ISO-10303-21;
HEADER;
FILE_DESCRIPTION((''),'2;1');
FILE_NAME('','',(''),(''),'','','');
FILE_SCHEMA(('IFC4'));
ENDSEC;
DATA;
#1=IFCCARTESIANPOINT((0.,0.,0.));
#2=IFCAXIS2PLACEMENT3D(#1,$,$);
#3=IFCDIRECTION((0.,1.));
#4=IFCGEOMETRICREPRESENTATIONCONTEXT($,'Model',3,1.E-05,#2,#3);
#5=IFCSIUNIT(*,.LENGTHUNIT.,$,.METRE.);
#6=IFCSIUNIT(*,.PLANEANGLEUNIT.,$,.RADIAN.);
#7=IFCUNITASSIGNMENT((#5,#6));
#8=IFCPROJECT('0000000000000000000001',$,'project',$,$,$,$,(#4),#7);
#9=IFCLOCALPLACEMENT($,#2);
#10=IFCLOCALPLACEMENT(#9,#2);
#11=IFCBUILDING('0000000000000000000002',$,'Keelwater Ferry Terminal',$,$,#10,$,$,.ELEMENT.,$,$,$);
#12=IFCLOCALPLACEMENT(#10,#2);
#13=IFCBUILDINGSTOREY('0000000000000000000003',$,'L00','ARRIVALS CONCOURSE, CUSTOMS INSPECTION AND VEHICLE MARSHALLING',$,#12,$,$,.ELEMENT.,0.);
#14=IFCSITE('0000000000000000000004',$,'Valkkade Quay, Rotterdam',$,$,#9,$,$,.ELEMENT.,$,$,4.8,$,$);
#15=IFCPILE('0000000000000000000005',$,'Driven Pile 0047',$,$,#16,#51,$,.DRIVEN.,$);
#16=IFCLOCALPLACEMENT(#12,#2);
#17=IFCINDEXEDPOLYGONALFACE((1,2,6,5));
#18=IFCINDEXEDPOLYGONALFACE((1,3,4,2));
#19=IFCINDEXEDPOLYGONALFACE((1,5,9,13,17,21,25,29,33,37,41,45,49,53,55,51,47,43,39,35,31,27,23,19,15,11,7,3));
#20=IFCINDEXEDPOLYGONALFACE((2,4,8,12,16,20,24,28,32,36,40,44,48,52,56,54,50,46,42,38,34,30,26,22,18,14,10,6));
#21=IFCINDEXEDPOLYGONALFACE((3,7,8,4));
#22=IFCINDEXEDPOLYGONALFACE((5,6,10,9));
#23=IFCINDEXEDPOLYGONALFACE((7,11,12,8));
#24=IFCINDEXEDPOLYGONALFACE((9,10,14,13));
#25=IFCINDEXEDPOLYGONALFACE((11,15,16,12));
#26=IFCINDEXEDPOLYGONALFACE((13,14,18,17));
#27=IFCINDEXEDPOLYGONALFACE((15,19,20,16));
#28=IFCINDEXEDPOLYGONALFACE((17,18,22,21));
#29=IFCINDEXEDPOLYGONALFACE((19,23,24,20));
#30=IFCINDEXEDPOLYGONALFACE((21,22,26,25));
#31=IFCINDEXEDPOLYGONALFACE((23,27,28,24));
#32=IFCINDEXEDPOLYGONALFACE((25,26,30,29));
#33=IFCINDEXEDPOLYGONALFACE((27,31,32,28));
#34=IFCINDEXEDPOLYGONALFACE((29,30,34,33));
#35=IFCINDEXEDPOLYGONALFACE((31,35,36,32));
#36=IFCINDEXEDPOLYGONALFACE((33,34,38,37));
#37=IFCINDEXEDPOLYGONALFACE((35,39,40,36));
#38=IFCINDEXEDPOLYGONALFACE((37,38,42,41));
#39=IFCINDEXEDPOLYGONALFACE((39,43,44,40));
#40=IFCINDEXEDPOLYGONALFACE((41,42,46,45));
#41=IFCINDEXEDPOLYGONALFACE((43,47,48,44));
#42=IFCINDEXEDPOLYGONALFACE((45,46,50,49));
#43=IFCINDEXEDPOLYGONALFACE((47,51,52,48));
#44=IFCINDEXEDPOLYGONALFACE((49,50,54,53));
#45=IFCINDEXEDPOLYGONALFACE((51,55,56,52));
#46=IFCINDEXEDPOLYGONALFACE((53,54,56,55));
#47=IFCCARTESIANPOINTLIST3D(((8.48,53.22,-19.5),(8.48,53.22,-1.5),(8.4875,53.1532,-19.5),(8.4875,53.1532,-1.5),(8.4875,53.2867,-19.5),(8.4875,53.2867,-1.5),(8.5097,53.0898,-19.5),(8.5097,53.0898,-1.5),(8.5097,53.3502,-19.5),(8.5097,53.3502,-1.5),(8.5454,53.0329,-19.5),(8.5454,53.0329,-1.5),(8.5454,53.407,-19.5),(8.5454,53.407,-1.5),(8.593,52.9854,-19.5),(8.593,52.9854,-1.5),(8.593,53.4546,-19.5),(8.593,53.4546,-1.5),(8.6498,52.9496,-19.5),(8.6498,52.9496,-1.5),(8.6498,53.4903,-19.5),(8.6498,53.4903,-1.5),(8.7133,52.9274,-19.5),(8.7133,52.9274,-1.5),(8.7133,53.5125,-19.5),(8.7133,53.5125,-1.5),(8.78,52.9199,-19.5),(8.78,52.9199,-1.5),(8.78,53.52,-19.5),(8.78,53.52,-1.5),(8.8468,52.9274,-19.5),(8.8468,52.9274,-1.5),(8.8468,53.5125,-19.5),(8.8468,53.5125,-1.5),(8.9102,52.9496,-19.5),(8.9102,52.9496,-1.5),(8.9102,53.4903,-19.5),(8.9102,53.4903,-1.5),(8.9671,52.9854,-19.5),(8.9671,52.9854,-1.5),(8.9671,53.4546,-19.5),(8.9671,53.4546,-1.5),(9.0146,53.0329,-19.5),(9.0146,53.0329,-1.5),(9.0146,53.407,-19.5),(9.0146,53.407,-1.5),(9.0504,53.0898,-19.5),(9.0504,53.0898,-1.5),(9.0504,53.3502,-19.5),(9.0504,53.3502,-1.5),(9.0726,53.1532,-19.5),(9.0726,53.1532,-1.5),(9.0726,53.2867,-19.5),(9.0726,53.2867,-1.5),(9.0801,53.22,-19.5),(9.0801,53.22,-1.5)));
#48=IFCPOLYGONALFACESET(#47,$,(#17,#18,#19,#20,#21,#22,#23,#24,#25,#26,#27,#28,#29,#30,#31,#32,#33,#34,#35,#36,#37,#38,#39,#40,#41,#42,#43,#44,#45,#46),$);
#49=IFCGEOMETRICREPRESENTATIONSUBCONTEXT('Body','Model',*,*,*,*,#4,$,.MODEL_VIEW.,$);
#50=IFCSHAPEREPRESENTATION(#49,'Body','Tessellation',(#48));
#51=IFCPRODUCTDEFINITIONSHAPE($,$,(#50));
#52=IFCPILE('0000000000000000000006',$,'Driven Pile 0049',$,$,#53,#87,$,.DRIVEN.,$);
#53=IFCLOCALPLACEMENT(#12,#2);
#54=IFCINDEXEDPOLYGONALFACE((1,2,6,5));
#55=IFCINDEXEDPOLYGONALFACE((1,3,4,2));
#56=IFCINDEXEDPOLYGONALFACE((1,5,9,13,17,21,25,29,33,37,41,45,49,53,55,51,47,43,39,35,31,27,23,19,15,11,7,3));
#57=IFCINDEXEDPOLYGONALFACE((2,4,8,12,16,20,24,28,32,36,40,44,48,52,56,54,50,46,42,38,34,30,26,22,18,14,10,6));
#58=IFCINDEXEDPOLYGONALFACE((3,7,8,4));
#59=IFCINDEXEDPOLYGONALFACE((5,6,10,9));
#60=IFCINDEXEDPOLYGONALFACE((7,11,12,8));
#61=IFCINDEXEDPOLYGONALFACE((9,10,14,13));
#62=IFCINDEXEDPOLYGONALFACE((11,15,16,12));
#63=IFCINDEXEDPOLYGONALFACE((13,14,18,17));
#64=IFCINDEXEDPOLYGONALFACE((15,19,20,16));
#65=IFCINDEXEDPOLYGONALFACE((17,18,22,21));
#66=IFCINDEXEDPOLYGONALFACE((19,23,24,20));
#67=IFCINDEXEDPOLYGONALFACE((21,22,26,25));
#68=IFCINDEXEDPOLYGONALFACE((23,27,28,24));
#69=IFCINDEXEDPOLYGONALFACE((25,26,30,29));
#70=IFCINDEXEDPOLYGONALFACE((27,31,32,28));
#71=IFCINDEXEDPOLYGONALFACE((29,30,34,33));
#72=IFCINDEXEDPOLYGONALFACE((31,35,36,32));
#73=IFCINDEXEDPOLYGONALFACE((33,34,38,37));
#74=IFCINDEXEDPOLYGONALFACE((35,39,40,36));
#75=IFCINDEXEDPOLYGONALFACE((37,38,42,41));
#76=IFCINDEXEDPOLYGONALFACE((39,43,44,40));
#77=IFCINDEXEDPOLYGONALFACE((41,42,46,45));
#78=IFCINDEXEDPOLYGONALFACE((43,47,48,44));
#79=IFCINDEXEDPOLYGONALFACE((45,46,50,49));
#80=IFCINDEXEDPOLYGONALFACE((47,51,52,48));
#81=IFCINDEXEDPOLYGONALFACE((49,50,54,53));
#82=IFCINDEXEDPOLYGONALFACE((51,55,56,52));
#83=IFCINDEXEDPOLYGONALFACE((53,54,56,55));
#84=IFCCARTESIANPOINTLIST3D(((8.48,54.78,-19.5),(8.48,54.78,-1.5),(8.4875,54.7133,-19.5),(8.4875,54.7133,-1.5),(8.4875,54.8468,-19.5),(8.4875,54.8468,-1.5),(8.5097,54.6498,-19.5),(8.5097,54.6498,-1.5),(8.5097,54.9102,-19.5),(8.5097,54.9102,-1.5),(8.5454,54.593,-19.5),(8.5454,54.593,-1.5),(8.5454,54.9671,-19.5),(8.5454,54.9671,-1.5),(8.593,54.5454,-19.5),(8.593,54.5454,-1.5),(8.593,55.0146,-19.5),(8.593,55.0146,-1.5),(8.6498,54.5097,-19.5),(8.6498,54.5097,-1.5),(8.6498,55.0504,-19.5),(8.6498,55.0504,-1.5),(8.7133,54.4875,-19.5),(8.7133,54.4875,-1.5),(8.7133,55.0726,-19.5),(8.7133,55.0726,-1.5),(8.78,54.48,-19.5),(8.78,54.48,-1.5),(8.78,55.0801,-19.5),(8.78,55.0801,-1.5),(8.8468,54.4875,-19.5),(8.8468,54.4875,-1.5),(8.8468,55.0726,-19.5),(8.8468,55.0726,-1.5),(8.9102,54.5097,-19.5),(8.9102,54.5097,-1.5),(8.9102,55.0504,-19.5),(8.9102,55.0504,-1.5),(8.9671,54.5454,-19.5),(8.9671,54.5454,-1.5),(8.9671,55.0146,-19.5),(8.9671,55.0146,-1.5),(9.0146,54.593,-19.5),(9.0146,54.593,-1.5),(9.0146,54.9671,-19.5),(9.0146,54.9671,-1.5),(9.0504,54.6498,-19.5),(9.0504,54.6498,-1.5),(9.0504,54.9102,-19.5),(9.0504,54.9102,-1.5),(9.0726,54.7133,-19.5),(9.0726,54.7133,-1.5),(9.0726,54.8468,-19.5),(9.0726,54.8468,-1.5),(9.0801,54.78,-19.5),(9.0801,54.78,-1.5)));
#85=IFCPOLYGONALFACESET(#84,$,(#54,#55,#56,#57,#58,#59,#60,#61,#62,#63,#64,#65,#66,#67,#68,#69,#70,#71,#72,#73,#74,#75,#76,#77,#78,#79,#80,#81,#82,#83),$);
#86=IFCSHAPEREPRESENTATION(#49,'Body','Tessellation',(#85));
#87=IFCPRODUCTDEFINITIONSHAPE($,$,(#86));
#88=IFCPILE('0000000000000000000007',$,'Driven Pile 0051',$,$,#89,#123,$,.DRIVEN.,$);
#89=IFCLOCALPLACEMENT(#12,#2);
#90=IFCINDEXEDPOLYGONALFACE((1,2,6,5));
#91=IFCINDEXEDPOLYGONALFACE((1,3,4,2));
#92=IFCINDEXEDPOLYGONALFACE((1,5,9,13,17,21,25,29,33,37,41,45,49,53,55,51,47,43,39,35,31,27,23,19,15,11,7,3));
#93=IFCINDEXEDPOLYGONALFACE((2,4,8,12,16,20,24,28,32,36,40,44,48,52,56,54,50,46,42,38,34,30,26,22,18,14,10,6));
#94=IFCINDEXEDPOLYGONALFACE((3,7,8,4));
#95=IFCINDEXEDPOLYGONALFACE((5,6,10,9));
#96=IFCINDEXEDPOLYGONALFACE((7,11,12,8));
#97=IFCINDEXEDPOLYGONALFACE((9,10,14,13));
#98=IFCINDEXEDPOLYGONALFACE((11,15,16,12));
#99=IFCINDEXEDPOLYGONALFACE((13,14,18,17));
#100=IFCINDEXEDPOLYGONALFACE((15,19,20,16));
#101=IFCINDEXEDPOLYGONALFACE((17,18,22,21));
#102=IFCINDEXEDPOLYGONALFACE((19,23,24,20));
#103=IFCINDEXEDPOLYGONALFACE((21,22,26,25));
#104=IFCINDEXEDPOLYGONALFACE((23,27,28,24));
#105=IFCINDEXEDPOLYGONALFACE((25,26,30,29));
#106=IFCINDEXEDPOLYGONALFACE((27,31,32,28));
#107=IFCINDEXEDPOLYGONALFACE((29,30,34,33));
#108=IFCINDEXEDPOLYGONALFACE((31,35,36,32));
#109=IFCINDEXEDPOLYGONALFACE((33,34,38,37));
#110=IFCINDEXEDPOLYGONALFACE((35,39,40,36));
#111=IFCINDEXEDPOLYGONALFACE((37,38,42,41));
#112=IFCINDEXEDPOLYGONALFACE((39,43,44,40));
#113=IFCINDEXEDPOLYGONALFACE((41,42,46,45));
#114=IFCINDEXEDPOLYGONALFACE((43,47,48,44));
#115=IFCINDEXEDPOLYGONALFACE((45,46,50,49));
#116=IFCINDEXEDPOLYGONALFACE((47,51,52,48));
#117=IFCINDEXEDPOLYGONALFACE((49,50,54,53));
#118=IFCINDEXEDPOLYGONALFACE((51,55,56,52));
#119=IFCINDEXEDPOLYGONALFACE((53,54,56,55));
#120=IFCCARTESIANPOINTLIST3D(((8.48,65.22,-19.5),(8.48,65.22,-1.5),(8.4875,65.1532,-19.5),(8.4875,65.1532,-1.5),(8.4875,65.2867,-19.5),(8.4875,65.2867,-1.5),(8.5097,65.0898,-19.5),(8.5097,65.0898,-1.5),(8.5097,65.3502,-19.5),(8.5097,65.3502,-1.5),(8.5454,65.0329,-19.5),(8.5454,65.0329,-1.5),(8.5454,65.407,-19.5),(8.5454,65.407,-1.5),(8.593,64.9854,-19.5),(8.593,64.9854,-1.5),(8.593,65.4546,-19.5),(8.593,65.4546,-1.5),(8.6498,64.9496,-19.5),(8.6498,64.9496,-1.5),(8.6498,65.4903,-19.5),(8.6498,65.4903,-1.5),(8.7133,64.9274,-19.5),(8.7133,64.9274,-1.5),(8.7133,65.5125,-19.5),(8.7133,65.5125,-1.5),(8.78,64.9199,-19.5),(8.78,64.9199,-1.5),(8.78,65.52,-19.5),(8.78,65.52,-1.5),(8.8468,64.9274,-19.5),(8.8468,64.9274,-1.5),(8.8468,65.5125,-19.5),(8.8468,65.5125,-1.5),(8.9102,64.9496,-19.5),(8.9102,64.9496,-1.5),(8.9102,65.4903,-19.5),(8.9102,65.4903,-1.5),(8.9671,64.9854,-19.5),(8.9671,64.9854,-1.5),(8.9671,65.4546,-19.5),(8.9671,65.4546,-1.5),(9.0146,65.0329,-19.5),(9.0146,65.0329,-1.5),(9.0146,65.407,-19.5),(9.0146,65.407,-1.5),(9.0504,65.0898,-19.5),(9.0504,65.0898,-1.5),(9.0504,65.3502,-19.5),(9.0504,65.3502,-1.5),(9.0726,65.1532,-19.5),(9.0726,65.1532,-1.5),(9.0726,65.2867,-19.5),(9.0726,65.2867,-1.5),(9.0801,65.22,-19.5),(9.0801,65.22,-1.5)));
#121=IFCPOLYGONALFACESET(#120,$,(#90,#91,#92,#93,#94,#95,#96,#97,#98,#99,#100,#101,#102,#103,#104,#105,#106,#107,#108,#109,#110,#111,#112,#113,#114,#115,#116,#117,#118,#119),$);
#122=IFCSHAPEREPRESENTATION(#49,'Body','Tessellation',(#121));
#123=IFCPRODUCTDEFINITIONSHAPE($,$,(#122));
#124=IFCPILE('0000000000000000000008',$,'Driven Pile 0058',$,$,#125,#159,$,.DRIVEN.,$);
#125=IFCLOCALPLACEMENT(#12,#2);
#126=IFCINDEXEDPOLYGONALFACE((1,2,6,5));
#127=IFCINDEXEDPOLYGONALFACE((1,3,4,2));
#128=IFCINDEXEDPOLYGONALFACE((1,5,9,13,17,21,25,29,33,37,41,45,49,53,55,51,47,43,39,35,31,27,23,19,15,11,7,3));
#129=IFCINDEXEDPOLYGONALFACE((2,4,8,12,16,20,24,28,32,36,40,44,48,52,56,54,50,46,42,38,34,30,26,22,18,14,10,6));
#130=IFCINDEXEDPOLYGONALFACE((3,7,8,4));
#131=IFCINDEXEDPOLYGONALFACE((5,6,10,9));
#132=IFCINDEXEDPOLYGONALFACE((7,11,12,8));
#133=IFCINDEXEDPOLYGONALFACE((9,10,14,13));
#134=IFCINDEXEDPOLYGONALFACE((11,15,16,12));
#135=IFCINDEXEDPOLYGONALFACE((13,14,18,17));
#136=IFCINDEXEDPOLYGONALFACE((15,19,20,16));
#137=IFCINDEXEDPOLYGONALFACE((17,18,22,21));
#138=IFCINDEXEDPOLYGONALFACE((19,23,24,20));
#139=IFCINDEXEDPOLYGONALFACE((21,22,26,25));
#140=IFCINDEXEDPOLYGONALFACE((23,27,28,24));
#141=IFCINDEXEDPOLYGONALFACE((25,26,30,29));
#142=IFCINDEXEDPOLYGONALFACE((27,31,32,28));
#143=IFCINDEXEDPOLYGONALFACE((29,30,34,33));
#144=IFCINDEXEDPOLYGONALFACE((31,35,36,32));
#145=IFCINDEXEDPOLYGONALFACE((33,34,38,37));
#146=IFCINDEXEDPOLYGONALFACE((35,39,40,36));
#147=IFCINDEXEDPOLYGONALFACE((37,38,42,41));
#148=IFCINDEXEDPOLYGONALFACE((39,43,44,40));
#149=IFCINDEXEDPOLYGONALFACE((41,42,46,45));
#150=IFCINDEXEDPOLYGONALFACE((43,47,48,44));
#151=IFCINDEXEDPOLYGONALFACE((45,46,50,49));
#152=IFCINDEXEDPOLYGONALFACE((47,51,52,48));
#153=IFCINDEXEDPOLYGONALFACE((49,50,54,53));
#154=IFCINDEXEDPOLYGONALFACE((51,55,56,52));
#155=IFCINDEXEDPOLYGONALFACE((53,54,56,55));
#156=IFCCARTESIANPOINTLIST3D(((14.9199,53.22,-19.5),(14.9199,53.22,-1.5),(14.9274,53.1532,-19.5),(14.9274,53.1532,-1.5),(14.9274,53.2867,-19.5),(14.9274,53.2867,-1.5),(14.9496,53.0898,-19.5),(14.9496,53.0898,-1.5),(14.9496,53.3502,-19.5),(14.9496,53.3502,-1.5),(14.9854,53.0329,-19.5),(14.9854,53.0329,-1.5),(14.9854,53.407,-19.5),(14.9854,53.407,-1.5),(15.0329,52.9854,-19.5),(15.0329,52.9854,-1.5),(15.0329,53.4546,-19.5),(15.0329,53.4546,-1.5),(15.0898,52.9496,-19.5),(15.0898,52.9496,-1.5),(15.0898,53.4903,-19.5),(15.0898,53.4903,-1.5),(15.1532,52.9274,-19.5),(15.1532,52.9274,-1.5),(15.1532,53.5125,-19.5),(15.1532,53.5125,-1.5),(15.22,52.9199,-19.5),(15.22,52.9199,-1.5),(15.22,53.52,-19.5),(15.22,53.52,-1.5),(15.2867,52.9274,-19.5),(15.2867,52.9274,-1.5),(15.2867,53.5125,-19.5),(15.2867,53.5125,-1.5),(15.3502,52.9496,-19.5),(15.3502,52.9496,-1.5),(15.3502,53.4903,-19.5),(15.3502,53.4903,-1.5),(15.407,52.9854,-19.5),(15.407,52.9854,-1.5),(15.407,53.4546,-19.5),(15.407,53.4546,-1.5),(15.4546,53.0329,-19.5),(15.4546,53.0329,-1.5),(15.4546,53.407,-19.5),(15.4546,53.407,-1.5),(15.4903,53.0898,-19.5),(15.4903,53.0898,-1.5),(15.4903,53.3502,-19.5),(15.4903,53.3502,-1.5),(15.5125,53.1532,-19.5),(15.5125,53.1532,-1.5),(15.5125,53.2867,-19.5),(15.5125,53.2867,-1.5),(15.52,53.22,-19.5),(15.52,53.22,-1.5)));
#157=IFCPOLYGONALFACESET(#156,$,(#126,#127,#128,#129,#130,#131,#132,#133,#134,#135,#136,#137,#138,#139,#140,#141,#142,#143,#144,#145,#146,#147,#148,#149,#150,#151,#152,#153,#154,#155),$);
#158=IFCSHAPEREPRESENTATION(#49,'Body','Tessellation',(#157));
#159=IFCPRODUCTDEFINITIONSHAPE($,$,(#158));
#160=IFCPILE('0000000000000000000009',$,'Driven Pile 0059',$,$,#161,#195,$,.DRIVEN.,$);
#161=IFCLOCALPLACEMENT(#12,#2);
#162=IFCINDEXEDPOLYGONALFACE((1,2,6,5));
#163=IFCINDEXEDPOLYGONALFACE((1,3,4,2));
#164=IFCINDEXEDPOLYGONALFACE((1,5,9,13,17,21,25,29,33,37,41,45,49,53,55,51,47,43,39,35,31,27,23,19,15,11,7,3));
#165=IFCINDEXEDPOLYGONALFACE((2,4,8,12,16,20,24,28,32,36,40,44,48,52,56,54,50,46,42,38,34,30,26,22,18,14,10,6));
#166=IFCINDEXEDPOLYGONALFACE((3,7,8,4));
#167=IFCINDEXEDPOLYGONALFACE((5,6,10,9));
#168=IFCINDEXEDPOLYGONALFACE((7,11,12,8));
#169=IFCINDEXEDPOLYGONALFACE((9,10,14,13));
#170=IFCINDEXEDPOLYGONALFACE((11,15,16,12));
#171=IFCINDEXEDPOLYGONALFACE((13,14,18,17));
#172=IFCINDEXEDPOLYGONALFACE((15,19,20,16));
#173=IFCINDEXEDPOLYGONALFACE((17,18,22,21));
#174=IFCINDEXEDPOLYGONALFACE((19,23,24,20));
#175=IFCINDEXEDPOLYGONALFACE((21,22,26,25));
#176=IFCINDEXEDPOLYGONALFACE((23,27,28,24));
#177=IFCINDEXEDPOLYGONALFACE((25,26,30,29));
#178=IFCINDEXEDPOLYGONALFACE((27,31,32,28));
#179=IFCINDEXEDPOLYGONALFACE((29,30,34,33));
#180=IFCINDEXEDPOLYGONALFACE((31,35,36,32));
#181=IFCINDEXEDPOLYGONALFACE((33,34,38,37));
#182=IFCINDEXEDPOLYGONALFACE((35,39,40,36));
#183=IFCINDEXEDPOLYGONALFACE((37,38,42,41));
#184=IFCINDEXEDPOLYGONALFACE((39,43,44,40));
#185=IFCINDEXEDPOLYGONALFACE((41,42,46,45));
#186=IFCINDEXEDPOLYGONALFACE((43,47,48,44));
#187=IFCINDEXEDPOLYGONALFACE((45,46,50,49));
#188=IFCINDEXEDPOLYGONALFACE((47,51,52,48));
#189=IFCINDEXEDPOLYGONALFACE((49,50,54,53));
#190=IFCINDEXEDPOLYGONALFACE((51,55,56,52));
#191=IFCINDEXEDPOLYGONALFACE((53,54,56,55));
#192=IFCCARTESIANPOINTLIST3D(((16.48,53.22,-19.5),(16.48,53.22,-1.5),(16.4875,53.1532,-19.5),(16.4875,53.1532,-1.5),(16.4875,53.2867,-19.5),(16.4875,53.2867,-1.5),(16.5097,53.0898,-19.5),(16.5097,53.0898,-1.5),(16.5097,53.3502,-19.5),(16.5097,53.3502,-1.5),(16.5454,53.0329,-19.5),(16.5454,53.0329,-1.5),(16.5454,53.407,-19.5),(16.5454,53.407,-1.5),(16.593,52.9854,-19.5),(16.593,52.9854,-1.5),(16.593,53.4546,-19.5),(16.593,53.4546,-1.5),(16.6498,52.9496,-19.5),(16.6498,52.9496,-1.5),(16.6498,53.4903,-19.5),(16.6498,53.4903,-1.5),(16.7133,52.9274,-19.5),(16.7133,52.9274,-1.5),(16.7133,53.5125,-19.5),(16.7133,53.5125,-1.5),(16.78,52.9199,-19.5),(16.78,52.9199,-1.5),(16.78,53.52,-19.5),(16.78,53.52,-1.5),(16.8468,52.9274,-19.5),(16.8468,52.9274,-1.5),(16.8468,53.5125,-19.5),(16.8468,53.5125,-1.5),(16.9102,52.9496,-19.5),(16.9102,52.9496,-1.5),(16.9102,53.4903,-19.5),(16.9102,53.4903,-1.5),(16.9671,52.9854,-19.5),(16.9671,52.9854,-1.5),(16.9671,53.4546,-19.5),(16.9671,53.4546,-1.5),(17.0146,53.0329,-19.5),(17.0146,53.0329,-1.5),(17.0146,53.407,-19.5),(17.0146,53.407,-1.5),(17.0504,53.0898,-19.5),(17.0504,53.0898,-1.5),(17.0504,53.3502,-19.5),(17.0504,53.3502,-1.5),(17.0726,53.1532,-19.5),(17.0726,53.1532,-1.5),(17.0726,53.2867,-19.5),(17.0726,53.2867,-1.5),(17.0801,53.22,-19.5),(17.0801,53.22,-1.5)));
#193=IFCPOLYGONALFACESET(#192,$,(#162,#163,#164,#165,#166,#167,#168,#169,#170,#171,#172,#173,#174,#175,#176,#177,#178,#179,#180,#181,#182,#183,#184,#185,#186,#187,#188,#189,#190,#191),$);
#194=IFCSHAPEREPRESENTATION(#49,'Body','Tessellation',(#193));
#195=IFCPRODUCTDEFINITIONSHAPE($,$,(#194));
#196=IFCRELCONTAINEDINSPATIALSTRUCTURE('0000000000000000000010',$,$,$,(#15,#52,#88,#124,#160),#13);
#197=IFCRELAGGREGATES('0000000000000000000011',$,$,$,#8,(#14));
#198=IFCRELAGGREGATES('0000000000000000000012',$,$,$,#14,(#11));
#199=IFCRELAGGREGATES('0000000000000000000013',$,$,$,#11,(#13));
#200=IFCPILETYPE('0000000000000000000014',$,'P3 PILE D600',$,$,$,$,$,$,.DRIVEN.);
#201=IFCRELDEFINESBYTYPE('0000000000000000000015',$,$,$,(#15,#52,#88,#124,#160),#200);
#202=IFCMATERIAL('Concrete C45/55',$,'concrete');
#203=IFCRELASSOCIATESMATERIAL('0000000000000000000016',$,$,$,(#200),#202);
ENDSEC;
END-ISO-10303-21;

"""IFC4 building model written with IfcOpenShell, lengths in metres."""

from ifc_helpers import new_model, si_unit, direction, frame, origin, origin_2d, place, context, subcontext, project, spatial, circle, extrude, material, material_profile, profile_set, type_object, element, save


model = new_model("IFC4")

# Units and contexts
model_context = context("Model", 3, precision=1e-05, world=origin(), true_north=direction((0.0, 1.0)))
body_context = subcontext(model_context, "Body", "Model", "MODEL_VIEW")
ifc_project = project(units=[si_unit("LENGTHUNIT", "METRE"), si_unit("PLANEANGLEUNIT", "RADIAN")], contexts=[model_context])

# Site, building, storey
site_placement = place(None, origin())
site = spatial("IfcSite", under=ifc_project, at=site_placement, Name="Valkkade Quay, Rotterdam", CompositionType="ELEMENT", RefElevation=4.8)
building_placement = place(site_placement, origin())
building = spatial("IfcBuilding", under=site, at=building_placement, Name="Keelwater Ferry Terminal", CompositionType="ELEMENT")
storey_placement = place(building_placement, origin())
storey = spatial("IfcBuildingStorey", under=building, at=storey_placement, Name="L00", Description="ARRIVALS CONCOURSE, CUSTOMS INSPECTION AND VEHICLE MARSHALLING", CompositionType="ELEMENT", Elevation=0.0)

# Piles
ifc_material_1 = material(Name="Concrete C45/55", Category="concrete")
ifc_material_profile_1 = material_profile(ifc_material_1, circle(Radius=0.3, at=origin_2d()), Name="PILE D600")
ifc_profile_set_1 = profile_set([ifc_material_profile_1], Name="Concrete C45/55")
pile_type = type_object("IfcPileType", Name="P3 PILE D600", PredefinedType="DRIVEN", material=ifc_profile_set_1)
for number, where, z_axis, x_axis, name in (
    (1, (8.78, 53.22, -1.5), (0.0, 0.0, -1.0), (1.0, 0.0, 0.0), "Driven Pile 0047"),
    (2, (8.78, 54.78, -1.5), (0.0, 0.0, -1.0), (1.0, 0.0, 0.0), "Driven Pile 0049"),
    (3, (8.78, 65.22, -1.5), (0.0, 0.0, -1.0), (1.0, 0.0, 0.0), "Driven Pile 0051"),
    (4, (15.22, 53.22, -1.5), (0.0, 0.0, -1.0), (1.0, 0.0, 0.0), "Driven Pile 0058"),
    (5, (16.78, 53.22, -1.5), (0.0, 0.0, -1.0), (1.0, 0.0, 0.0), "Driven Pile 0059"),
):
    element("IfcPile", number, at=place(storey_placement, frame(where, z_axis=z_axis, x_axis=x_axis)), inside=storey, type_object=pile_type, Name=name, PredefinedType="DRIVEN", context=body_context, shape_type="SweptSolid", body=[
        extrude(circle(Radius=0.3, at=origin_2d()), origin(), (0.0, 0.0, 1.0), 18.0),
    ])

save(model, "model.ifc")
